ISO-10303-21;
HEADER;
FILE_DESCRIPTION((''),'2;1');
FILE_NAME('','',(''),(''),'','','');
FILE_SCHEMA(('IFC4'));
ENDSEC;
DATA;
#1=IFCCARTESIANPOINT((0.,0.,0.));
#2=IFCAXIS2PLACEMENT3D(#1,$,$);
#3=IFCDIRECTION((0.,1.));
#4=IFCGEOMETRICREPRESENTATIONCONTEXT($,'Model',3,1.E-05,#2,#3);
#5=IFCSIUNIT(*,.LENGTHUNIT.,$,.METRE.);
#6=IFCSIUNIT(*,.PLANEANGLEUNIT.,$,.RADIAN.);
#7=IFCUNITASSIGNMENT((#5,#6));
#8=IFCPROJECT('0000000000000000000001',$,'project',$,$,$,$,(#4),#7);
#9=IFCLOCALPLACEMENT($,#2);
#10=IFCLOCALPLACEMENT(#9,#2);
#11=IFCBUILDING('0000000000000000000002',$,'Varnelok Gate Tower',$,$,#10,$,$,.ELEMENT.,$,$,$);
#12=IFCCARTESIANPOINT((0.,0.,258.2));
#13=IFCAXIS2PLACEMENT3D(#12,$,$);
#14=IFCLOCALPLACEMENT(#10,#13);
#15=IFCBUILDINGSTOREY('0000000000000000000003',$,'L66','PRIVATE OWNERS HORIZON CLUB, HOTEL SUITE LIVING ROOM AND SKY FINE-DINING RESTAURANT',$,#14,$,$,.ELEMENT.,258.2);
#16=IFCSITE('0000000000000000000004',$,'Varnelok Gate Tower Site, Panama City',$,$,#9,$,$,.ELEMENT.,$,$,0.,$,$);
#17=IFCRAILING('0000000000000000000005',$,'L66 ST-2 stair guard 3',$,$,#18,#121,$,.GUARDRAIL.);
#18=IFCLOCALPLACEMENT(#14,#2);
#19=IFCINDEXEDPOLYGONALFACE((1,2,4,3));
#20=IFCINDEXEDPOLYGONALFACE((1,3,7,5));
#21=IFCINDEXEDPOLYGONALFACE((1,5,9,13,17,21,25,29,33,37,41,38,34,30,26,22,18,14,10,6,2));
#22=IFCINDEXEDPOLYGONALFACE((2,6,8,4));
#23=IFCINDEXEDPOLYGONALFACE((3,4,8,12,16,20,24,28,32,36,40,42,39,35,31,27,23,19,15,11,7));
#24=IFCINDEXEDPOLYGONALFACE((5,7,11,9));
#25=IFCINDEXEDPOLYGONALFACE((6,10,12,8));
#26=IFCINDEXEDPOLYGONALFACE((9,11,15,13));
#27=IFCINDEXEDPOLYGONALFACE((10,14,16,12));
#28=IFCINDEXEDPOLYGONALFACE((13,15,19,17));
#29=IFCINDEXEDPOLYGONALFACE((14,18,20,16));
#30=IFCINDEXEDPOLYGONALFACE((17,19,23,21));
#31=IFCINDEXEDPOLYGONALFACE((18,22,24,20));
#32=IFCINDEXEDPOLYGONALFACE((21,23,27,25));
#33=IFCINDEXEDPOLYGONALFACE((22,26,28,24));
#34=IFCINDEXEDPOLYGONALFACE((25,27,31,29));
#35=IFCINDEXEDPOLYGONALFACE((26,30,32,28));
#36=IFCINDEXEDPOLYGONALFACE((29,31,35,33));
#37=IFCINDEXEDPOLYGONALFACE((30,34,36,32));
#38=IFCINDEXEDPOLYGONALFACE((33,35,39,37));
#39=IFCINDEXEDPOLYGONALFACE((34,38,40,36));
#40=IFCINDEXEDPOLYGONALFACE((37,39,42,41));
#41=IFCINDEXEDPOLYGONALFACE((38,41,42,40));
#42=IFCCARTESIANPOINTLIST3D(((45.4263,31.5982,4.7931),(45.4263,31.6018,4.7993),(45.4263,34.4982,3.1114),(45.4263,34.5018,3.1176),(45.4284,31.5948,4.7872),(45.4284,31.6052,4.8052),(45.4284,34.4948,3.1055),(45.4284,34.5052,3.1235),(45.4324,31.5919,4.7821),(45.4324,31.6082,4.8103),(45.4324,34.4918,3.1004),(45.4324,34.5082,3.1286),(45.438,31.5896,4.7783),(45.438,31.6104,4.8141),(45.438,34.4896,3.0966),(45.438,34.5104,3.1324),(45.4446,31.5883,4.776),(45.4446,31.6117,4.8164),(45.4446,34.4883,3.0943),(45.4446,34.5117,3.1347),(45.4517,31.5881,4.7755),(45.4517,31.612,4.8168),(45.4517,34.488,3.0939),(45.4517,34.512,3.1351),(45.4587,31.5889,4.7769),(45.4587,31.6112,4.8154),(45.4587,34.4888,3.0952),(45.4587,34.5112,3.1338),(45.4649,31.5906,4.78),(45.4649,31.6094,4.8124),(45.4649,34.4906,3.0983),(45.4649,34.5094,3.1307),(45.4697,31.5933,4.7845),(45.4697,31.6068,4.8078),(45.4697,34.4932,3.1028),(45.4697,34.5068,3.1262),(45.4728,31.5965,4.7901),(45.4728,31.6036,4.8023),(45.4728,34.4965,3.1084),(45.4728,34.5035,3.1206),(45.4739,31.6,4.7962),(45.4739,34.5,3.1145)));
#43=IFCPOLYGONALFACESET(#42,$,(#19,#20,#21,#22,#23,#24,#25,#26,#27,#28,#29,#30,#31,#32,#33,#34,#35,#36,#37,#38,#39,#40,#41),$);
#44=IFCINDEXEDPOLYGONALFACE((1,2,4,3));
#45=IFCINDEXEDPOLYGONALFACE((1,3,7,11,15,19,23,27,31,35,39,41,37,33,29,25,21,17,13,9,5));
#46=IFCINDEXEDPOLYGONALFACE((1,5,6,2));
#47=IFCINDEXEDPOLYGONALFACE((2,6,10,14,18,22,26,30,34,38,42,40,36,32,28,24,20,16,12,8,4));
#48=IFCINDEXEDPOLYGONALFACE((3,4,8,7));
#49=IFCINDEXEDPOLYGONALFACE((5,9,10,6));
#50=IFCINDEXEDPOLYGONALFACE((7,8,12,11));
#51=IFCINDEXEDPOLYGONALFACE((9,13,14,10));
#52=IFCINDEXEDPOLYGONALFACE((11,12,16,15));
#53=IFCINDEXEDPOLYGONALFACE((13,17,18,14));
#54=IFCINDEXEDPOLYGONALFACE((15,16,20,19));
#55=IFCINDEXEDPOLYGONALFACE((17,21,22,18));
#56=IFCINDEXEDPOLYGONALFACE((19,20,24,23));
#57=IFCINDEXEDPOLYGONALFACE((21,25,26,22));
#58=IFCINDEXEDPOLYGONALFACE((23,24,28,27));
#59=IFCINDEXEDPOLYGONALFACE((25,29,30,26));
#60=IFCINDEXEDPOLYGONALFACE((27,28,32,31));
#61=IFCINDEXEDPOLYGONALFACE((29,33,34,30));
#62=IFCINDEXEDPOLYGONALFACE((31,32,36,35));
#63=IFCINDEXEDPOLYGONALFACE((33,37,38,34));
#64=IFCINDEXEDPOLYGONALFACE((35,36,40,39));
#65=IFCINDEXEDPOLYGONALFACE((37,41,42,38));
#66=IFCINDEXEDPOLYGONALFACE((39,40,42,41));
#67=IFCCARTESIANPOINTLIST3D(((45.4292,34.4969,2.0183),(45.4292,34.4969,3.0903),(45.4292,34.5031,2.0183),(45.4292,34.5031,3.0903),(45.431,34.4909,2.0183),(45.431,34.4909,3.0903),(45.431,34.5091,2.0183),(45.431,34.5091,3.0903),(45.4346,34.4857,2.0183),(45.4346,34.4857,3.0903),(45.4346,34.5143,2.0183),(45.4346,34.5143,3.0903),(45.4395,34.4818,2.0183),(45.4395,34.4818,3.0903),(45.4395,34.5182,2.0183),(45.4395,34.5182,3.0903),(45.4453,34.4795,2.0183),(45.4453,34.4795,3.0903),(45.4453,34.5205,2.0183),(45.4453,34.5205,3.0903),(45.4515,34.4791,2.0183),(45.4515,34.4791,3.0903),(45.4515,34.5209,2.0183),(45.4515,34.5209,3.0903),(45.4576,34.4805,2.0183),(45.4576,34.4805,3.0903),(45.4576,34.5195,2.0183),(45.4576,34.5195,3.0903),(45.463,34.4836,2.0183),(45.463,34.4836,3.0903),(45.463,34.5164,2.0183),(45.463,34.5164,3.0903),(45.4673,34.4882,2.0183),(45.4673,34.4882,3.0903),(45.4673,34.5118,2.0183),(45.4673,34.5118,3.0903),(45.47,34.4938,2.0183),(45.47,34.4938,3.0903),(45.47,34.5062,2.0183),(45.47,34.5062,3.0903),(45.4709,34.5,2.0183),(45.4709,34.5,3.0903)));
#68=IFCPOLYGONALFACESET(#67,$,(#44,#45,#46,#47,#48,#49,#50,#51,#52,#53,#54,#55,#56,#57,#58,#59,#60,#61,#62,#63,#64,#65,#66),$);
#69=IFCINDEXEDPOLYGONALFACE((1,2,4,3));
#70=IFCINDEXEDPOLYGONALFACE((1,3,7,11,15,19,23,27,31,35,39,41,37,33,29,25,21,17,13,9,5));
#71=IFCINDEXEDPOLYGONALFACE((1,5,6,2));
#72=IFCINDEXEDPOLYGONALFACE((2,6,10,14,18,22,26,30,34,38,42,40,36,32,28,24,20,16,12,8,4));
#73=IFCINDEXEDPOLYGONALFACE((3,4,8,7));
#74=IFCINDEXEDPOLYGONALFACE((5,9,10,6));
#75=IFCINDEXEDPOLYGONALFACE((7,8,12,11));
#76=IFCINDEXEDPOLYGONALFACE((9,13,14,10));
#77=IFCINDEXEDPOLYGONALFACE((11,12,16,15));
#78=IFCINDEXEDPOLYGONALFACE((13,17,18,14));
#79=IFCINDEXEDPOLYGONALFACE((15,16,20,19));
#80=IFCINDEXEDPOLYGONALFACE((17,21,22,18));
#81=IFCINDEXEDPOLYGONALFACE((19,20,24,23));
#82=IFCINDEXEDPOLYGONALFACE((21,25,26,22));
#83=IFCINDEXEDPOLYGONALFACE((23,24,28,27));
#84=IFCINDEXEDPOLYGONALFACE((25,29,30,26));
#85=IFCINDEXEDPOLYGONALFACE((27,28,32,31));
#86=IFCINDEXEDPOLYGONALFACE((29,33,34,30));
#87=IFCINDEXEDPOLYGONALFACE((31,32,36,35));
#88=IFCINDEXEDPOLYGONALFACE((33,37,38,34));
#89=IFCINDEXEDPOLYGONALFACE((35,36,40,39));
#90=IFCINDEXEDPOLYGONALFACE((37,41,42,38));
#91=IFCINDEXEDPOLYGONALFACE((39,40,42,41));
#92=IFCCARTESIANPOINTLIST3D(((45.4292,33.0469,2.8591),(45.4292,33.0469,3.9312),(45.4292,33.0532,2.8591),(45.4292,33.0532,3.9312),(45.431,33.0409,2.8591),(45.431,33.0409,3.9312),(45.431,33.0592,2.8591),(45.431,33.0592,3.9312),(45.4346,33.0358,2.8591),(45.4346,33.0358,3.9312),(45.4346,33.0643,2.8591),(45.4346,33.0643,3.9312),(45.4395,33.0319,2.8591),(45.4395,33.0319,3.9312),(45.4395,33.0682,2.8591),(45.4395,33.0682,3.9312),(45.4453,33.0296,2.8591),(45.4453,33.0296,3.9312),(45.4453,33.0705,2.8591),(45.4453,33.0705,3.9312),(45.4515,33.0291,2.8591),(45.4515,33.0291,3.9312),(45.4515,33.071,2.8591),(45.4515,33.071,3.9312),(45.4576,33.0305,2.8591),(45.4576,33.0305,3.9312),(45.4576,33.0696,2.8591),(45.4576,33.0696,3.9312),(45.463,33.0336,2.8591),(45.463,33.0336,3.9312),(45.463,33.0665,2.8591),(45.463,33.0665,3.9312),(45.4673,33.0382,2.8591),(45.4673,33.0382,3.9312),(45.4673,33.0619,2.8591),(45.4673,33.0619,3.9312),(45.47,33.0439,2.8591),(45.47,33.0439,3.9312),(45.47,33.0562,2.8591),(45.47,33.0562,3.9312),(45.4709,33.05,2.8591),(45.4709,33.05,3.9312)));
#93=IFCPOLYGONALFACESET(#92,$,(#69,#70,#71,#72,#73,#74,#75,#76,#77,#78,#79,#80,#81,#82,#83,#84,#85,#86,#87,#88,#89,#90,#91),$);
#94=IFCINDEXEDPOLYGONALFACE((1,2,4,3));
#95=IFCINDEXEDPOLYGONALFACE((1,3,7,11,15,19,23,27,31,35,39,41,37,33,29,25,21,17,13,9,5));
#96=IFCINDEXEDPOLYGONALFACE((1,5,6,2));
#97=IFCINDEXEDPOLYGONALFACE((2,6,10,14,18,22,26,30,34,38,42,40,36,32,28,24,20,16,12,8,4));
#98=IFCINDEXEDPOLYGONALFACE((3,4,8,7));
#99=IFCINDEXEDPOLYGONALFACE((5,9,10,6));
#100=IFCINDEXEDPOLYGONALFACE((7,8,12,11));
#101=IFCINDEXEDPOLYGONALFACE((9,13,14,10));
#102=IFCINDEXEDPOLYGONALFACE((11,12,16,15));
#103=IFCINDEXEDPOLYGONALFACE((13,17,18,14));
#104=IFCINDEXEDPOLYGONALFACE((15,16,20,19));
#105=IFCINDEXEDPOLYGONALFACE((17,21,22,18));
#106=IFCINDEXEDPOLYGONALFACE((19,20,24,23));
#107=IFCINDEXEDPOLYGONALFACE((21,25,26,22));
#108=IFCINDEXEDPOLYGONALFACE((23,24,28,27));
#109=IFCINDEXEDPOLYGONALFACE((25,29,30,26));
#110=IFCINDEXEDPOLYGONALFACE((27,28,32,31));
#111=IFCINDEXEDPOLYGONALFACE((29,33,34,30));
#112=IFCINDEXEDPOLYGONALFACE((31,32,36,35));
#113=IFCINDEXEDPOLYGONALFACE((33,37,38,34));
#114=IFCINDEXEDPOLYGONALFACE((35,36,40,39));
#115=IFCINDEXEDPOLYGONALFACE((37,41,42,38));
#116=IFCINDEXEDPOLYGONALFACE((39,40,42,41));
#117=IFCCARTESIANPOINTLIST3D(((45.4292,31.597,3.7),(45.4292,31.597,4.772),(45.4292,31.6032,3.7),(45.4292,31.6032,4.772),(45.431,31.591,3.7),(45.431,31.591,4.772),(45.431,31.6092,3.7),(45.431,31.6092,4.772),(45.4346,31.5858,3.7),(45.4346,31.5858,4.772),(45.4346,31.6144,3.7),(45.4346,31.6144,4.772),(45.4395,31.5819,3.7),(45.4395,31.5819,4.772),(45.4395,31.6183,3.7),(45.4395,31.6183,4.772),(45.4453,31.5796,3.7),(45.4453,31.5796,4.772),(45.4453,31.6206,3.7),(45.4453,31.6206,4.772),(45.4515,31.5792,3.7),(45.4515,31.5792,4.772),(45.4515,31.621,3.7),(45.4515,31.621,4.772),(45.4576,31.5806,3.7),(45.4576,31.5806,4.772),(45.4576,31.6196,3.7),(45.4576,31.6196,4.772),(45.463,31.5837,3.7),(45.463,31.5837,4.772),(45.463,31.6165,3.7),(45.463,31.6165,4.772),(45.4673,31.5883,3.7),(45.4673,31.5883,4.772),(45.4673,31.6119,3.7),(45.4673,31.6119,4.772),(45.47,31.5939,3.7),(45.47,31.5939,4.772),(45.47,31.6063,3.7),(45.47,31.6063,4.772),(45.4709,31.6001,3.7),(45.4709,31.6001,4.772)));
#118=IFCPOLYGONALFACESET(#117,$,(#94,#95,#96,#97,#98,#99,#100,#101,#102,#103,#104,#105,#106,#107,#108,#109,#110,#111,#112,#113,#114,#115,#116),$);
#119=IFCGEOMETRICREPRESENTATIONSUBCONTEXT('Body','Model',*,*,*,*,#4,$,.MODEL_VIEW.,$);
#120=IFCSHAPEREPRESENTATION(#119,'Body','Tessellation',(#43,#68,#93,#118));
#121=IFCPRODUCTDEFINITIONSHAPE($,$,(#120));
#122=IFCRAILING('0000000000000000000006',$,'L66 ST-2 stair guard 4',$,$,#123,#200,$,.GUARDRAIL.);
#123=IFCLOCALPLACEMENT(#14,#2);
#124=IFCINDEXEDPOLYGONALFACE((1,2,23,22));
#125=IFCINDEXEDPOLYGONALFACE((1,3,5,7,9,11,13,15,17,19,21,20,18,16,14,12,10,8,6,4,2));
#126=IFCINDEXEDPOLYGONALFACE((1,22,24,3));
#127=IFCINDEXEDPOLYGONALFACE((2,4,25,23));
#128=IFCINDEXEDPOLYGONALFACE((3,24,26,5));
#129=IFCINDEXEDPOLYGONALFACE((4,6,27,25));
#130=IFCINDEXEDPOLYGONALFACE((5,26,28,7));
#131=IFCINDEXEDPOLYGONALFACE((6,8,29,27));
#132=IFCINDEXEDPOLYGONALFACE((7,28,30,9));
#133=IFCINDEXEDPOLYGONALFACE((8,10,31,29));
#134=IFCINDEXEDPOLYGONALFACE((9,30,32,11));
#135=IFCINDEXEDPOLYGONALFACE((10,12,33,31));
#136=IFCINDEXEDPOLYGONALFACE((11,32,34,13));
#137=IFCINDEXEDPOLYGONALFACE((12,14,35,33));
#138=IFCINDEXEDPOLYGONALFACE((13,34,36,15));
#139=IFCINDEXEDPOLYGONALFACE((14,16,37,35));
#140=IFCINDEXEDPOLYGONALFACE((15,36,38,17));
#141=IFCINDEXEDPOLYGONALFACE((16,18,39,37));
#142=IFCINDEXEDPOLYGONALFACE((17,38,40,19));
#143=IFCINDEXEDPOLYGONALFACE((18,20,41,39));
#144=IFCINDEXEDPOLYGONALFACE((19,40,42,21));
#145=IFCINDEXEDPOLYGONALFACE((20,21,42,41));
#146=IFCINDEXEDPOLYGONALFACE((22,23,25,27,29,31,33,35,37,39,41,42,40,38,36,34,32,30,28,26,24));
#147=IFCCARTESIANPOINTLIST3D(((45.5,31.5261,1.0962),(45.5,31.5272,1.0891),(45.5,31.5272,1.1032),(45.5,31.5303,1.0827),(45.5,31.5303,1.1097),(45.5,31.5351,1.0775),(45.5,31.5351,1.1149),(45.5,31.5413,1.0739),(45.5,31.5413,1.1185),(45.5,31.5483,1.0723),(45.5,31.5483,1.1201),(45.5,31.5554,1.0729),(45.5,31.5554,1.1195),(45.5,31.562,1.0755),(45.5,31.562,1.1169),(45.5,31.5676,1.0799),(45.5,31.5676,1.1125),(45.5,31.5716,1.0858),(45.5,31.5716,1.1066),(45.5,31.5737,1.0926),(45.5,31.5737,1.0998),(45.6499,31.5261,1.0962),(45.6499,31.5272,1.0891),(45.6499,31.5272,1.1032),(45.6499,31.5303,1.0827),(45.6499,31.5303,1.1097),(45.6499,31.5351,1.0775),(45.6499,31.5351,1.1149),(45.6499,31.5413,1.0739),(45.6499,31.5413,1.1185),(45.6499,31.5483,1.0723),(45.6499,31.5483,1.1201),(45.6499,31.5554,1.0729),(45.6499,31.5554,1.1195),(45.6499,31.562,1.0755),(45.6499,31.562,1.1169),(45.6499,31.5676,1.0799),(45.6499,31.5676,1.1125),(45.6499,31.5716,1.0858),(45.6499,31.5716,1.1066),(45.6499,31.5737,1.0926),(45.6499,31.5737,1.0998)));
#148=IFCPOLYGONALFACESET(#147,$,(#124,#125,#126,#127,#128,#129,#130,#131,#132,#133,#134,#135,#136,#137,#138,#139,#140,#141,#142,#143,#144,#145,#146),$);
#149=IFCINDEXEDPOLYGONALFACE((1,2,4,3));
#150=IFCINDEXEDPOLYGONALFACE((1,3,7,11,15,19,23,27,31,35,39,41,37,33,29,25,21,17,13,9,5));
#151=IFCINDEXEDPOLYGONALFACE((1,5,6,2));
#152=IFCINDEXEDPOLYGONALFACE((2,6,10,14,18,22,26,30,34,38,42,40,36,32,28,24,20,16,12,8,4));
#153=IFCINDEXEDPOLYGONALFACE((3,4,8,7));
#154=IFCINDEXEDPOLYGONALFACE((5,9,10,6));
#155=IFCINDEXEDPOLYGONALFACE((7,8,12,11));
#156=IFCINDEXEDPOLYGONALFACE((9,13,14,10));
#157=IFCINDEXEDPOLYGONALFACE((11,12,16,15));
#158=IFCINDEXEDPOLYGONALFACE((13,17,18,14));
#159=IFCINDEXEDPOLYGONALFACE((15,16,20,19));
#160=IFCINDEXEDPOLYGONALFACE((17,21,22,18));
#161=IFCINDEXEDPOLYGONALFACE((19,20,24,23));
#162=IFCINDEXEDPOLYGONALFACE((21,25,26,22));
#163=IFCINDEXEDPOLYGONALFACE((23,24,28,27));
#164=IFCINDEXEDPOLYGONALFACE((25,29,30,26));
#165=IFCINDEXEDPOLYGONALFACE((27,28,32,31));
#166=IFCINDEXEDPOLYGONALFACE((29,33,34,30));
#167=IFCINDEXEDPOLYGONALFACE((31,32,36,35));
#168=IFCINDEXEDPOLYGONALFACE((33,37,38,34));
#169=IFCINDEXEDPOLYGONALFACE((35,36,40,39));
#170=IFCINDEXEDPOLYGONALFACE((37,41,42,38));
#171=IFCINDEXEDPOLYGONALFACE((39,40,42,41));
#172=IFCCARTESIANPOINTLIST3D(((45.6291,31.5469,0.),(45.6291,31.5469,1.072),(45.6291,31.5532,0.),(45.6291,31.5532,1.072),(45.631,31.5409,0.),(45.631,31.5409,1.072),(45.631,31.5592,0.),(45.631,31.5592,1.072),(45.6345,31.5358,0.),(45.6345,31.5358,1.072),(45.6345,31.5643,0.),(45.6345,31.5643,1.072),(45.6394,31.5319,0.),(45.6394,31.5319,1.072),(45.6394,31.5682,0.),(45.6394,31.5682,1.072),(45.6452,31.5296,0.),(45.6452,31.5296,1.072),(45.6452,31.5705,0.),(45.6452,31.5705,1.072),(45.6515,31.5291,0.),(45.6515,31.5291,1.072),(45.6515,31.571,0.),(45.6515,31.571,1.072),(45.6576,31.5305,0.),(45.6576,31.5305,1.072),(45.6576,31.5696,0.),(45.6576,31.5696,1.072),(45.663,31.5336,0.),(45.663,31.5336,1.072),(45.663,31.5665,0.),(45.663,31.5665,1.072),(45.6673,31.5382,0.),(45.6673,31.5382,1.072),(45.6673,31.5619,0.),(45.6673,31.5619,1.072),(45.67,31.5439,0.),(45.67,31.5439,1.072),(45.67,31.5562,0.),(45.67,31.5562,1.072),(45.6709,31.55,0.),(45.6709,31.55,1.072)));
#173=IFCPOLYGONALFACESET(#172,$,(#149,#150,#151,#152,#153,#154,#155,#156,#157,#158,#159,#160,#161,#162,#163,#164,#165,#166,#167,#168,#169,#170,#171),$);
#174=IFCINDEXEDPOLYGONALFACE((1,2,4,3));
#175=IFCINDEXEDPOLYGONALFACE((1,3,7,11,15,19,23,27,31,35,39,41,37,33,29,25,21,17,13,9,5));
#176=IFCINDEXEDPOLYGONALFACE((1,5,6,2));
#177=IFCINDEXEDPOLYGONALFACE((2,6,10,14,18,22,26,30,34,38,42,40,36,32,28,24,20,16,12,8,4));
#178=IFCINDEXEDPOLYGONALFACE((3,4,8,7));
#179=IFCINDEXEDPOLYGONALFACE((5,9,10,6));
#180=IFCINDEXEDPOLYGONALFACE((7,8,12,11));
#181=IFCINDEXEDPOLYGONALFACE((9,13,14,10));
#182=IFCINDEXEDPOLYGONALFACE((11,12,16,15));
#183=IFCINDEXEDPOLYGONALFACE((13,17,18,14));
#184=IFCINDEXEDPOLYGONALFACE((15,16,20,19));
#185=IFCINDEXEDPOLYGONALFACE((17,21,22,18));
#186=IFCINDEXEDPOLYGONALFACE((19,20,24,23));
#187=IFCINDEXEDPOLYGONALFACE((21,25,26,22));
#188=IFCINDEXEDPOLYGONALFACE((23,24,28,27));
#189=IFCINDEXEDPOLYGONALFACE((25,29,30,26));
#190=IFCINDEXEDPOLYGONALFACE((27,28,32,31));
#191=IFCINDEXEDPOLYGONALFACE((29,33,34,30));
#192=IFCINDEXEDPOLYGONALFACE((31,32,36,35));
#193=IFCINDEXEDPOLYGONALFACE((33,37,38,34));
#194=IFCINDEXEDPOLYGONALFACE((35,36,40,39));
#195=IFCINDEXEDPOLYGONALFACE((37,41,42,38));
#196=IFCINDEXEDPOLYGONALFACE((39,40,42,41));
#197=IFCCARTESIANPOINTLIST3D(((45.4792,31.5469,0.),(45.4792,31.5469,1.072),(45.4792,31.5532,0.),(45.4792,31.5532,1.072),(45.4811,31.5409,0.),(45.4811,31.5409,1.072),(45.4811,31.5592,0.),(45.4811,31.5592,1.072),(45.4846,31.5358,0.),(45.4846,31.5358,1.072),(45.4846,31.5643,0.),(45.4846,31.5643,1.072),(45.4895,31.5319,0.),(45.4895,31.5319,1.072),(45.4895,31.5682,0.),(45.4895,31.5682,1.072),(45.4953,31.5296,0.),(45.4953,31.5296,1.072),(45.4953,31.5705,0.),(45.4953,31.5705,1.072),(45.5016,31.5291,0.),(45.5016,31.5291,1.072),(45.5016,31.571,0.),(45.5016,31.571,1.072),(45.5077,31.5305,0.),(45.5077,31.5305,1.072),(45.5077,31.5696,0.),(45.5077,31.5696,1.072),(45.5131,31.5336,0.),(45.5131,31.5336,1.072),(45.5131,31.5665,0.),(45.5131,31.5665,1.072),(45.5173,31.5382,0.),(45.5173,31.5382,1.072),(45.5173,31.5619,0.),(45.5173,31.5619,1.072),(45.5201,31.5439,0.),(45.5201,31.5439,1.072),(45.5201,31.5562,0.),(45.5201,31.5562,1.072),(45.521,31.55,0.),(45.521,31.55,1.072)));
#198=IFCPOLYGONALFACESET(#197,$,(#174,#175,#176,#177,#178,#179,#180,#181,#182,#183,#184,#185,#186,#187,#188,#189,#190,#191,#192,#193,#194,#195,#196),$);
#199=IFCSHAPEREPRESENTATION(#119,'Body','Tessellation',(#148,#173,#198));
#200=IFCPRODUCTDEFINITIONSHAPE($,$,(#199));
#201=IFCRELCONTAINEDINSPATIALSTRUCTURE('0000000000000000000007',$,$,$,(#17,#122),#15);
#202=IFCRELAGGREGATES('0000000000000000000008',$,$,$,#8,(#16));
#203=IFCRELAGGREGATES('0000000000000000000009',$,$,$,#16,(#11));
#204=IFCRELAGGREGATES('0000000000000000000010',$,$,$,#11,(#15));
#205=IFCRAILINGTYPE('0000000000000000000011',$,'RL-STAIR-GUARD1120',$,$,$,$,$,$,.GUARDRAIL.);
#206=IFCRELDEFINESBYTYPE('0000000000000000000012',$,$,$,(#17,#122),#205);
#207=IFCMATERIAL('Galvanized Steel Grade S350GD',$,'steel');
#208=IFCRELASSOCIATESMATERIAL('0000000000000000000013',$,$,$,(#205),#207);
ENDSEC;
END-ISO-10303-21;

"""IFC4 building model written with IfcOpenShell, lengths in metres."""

from ifc_helpers import new_model, si_unit, direction, frame, origin, origin_2d, place, context, subcontext, project, spatial, circle, extrude, material, type_object, element, save


model = new_model("IFC4")

# Units and contexts
model_context = context("Model", 3, precision=1e-05, world=origin(), true_north=direction((0.0, 1.0)))
body_context = subcontext(model_context, "Body", "Model", "MODEL_VIEW")
ifc_project = project(units=[si_unit("LENGTHUNIT", "METRE"), si_unit("PLANEANGLEUNIT", "RADIAN")], contexts=[model_context])

# Site, building, storey
site_placement = place(None, origin())
site = spatial("IfcSite", under=ifc_project, at=site_placement, Name="Varnelok Gate Tower Site, Panama City", CompositionType="ELEMENT", RefElevation=0.0)
building_placement = place(site_placement, origin())
building = spatial("IfcBuilding", under=site, at=building_placement, Name="Varnelok Gate Tower", CompositionType="ELEMENT")
storey_placement = place(building_placement, frame((0.0, 0.0, 258.2)))
storey = spatial("IfcBuildingStorey", under=building, at=storey_placement, Name="L66", Description="PRIVATE OWNERS HORIZON CLUB, HOTEL SUITE LIVING ROOM AND SKY FINE-DINING RESTAURANT", CompositionType="ELEMENT", Elevation=258.2)

# Shared definitions
ifc_material_1 = material(Name="Galvanized Steel Grade S350GD", Category="steel")

# Railings
railing_type_1 = type_object("IfcRailingType", Name="RL-STAIR-GUARD1120", PredefinedType="GUARDRAIL", material=ifc_material_1)
railing_1_placement = place(storey_placement, frame((45.45, 34.5, 2.0183)))
element("IfcRailing", 1, at=railing_1_placement, inside=storey, type_object=railing_type_1, Name="L66 ST-2 stair guard 3", PredefinedType="GUARDRAIL", context=body_context, shape_type="SweptSolid", body=[
    extrude(circle(Radius=0.0239, at=origin_2d()), frame((0.0, 0.0, 1.0962), z_axis=(0.0, -0.86507, 0.501651), x_axis=(1.0, 0.0, 0.0)), (0.0, 0.0, 1.0), 3.3523),
    extrude(circle(Radius=0.021, at=origin_2d()), origin(), (0.0, 0.0, 1.0), 1.072),
    extrude(circle(Radius=0.021, at=origin_2d()), frame((0.0, -1.45, 0.8408)), (0.0, 0.0, 1.0), 1.072),
    extrude(circle(Radius=0.021, at=origin_2d()), frame((0.0, -2.8999, 1.6816)), (0.0, 0.0, 1.0), 1.072),
])
railing_2_placement = place(storey_placement, frame((45.6499, 31.55, 0.0)))
element("IfcRailing", 2, at=railing_2_placement, inside=storey, type_object=railing_type_1, Name="L66 ST-2 stair guard 4", PredefinedType="GUARDRAIL", context=body_context, shape_type="SweptSolid", body=[
    extrude(circle(Radius=0.0239, at=origin_2d()), frame((0.0, 0.0, 1.0962), z_axis=(-1.0, 0.0, 0.0), x_axis=(0.0, -1.0, 0.0)), (0.0, 0.0, 1.0), 0.1499),
    extrude(circle(Radius=0.021, at=origin_2d()), origin(), (0.0, 0.0, 1.0), 1.072),
    extrude(circle(Radius=0.021, at=origin_2d()), frame((-0.1499, 0.0, 0.0)), (0.0, 0.0, 1.0), 1.072),
])

save(model, "model.ifc")
